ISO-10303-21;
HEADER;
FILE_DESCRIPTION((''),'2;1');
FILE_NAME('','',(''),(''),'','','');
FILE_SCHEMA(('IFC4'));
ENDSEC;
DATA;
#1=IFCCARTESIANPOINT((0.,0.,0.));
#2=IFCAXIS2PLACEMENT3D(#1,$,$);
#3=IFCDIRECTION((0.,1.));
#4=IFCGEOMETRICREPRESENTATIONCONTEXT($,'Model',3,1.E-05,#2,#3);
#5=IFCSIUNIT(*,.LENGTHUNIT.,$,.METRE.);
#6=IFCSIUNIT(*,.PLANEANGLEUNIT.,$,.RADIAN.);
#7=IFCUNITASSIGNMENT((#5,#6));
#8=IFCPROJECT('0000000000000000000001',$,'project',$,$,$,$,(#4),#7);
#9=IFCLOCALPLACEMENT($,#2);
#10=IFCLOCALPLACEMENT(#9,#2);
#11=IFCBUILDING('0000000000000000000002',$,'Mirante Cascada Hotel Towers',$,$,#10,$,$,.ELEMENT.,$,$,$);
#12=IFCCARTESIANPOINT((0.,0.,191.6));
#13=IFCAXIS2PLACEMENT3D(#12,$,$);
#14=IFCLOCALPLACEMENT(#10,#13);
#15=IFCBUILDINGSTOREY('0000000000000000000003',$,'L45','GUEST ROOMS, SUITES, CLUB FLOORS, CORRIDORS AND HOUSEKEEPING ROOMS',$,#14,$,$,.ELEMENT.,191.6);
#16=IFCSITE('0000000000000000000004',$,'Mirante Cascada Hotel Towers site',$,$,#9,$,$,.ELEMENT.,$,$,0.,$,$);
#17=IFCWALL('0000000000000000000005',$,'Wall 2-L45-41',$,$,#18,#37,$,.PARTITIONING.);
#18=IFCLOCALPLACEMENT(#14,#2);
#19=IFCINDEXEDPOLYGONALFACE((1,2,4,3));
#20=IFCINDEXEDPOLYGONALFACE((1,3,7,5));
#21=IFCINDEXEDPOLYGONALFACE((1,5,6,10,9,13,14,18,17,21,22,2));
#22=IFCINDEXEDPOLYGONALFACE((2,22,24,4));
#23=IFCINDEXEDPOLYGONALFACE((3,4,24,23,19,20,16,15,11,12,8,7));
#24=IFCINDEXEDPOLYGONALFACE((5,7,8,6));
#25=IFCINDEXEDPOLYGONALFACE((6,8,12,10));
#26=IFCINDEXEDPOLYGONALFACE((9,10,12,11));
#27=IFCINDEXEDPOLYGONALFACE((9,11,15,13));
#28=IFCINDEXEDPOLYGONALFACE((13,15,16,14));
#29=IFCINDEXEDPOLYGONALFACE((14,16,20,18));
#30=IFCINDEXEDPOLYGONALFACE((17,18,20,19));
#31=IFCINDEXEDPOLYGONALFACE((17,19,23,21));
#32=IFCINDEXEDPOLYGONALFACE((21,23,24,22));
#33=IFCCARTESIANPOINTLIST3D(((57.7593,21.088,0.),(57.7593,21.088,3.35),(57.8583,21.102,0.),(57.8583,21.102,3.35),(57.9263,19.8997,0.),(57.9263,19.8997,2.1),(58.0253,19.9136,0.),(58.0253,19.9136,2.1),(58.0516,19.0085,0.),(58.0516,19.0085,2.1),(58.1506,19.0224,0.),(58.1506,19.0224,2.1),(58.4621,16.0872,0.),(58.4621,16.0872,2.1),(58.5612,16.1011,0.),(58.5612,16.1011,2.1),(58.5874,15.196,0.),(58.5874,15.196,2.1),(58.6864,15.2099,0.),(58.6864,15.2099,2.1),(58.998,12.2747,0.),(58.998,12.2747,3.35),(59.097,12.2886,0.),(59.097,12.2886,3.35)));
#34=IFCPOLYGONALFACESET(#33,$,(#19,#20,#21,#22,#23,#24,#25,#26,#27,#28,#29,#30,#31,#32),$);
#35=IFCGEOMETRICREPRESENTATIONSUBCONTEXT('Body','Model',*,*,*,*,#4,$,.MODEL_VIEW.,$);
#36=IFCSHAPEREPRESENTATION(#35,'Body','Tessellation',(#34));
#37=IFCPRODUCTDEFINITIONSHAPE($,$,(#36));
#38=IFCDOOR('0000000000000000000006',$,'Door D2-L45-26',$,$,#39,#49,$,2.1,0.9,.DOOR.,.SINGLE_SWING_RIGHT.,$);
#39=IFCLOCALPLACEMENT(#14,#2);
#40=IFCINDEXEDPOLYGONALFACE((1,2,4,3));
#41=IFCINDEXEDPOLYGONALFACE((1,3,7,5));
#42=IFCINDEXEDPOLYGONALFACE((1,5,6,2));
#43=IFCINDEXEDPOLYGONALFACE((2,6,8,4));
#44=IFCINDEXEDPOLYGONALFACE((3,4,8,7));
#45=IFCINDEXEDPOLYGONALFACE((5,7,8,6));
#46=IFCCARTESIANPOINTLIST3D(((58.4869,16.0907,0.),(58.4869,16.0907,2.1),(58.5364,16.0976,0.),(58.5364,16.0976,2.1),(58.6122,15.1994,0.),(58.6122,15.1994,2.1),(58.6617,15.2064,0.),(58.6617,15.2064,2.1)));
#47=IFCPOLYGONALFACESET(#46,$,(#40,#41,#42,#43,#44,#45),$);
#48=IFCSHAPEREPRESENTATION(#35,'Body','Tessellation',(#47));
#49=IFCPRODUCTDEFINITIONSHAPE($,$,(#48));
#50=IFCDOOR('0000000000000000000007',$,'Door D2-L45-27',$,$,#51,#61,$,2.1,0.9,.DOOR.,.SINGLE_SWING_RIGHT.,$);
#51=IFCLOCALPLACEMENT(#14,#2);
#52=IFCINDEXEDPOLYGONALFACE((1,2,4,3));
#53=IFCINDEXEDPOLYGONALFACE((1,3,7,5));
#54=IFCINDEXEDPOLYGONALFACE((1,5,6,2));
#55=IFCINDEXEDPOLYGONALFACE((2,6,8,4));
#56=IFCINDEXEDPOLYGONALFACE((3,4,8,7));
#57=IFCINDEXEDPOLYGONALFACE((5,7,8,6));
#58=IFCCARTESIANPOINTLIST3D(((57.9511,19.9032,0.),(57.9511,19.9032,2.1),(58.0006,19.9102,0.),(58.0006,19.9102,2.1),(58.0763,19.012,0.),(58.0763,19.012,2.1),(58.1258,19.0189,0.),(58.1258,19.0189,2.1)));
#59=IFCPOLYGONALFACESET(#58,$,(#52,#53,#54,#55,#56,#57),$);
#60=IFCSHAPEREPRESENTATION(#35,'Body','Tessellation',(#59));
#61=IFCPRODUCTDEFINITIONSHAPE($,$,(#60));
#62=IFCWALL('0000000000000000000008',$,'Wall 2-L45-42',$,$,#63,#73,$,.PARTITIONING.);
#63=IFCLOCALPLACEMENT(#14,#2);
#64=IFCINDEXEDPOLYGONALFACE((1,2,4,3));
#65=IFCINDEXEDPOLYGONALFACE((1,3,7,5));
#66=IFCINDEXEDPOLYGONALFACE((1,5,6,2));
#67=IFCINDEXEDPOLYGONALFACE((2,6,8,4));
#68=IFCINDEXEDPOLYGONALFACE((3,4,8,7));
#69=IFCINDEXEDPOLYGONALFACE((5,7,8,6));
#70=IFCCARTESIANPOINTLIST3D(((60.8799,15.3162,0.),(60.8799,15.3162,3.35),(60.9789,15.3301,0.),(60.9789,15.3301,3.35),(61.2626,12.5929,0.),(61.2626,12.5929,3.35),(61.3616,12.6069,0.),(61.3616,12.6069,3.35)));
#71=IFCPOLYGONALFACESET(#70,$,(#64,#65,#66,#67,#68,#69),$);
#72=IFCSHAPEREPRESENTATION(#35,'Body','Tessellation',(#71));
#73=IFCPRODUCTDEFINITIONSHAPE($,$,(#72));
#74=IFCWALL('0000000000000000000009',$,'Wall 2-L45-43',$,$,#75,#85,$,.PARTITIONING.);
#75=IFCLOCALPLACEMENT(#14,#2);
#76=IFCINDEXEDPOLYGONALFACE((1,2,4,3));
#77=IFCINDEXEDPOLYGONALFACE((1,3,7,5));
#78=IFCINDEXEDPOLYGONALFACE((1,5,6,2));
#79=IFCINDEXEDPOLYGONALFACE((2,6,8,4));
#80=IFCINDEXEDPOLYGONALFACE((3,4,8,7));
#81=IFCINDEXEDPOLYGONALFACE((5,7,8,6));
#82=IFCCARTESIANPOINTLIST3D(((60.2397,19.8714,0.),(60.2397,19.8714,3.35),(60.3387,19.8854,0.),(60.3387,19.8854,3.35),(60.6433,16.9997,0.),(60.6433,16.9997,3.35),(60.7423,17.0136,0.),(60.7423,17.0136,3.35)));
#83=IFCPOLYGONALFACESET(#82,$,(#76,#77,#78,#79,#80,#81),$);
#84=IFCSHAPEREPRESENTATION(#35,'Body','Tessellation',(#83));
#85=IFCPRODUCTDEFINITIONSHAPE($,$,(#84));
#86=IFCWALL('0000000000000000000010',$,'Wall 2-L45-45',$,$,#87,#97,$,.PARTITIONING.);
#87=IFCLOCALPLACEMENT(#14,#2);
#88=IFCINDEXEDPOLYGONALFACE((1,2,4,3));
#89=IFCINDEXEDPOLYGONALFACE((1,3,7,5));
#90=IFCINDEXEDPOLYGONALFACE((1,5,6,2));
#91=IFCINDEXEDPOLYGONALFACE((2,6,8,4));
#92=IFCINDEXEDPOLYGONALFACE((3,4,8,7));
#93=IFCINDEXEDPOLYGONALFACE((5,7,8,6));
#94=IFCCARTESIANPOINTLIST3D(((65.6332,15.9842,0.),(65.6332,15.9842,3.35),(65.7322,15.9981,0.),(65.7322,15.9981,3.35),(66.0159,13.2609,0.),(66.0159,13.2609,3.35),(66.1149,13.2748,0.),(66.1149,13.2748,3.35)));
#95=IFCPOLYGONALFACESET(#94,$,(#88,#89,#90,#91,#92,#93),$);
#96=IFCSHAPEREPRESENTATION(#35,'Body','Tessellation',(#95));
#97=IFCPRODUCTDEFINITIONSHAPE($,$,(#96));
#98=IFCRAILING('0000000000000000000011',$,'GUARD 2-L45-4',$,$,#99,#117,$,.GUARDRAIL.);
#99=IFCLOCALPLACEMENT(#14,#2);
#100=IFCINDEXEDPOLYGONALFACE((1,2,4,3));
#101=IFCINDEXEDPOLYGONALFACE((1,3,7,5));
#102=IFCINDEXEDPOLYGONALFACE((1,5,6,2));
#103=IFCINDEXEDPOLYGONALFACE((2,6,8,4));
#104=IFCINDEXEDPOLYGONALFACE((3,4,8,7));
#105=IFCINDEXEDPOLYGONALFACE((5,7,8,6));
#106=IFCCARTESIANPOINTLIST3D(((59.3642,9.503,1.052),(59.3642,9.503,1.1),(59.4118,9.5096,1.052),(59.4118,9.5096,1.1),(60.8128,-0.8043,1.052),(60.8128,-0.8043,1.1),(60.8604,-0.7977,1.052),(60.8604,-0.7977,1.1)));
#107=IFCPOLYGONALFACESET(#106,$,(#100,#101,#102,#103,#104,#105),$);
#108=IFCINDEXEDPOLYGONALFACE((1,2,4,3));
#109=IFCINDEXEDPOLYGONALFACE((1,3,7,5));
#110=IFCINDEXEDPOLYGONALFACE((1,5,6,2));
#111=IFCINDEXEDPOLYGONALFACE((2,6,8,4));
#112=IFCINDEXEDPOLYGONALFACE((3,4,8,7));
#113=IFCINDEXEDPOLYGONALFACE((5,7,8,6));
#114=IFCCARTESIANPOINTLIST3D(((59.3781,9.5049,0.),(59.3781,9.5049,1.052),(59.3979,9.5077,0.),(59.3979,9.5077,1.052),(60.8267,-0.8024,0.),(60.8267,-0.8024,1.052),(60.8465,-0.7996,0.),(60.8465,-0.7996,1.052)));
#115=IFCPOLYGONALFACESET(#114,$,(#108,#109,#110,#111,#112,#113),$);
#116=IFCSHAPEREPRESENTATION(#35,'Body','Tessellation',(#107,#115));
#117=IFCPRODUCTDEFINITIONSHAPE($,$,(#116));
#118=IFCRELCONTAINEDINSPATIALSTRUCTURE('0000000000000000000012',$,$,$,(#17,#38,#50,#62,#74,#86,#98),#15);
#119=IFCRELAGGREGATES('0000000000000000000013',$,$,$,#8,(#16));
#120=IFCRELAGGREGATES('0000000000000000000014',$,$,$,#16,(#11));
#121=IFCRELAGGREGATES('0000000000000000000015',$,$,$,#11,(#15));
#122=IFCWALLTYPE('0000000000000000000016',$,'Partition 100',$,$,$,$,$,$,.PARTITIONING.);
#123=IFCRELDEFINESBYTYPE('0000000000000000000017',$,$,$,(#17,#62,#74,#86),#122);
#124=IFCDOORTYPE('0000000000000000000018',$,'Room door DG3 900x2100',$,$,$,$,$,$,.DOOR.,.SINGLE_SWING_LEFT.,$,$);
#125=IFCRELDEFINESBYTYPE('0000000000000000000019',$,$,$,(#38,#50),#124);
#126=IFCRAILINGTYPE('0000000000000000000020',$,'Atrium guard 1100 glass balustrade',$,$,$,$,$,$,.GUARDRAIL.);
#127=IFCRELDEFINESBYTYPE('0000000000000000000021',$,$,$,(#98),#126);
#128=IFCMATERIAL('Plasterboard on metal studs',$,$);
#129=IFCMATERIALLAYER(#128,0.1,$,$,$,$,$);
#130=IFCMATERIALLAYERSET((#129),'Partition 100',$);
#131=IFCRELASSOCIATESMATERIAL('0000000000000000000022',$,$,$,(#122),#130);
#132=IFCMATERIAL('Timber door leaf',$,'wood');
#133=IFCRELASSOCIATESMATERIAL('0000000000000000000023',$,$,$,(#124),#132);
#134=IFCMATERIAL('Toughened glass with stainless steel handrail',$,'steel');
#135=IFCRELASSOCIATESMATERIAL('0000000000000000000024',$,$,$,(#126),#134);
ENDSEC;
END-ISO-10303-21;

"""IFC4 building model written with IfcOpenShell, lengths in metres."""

from ifc_helpers import new_model, si_unit, direction, frame, frame_2d, origin, origin_2d, place, context, subcontext, project, spatial, rectangle, extrude, material, layer, layer_set, type_object, element, fill, save


model = new_model("IFC4")

# Units and contexts
model_context = context("Model", 3, precision=1e-05, world=origin(), true_north=direction((0.0, 1.0)))
body_context = subcontext(model_context, "Body", "Model", "MODEL_VIEW")
ifc_project = project(units=[si_unit("LENGTHUNIT", "METRE"), si_unit("PLANEANGLEUNIT", "RADIAN")], contexts=[model_context])

# Site, building, storey
site_placement = place(None, origin())
site = spatial("IfcSite", under=ifc_project, at=site_placement, Name="Mirante Cascada Hotel Towers site", CompositionType="ELEMENT", RefElevation=0.0)
building_placement = place(site_placement, origin())
building = spatial("IfcBuilding", under=site, at=building_placement, Name="Mirante Cascada Hotel Towers", CompositionType="ELEMENT")
storey_placement = place(building_placement, frame((0.0, 0.0, 191.6)))
storey = spatial("IfcBuildingStorey", under=building, at=storey_placement, Name="L45", Description="GUEST ROOMS, SUITES, CLUB FLOORS, CORRIDORS AND HOUSEKEEPING ROOMS", CompositionType="ELEMENT", Elevation=191.6)

# Shared definitions
ifc_material_1 = material(Name="Plasterboard on metal studs")
ifc_layer_1 = layer(ifc_material_1, 0.1)
ifc_layer_set_1 = layer_set([ifc_layer_1], Name="Partition 100")
wall_type_1 = type_object("IfcWallType", Name="Partition 100", PredefinedType="PARTITIONING", material=ifc_layer_set_1)

# Wall, openings, doors
wall_1_placement = place(storey_placement, frame((57.8088, 21.095, 0.0), z_axis=(0.0, 0.0, 1.0), x_axis=(0.139179, -0.990267, 0.0)))
wall_1 = element("IfcWall", 1, at=wall_1_placement, inside=storey, type_object=wall_type_1, Name="Wall 2-L45-41", PredefinedType="PARTITIONING", context=body_context, shape_type="SweptSolid", body=[
    extrude(rectangle(XDim=8.9, YDim=0.1, at=frame_2d((4.45, 0.0))), origin(), (0.0, 0.0, 1.0), 3.35),
])
opening_1_placement = place(wall_1_placement, frame((5.05, 0.0, 0.0)))
opening_1 = element("IfcOpeningElement", 2, at=opening_1_placement, cuts=wall_1, PredefinedType="OPENING", context=body_context, shape_type="SweptSolid", body=[
    extrude(rectangle(XDim=0.9, YDim=2.1, at=frame_2d((0.45, 1.05))), frame((0.0, 0.05, 0.0), z_axis=(0.0, -1.0, 0.0), x_axis=(1.0, 0.0, 0.0)), (0.0, 0.0, 1.0), 0.1),
])
opening_2_placement = place(wall_1_placement, frame((1.2, 0.0, 0.0)))
opening_2 = element("IfcOpeningElement", 3, at=opening_2_placement, cuts=wall_1, PredefinedType="OPENING", context=body_context, shape_type="SweptSolid", body=[
    extrude(rectangle(XDim=0.9, YDim=2.1, at=frame_2d((0.45, 1.05))), frame((0.0, 0.05, 0.0), z_axis=(0.0, -1.0, 0.0), x_axis=(1.0, 0.0, 0.0)), (0.0, 0.0, 1.0), 0.1),
])
ifc_material_2 = material(Name="Timber door leaf", Category="wood")
door_type_1 = type_object("IfcDoorType", Name="Room door DG3 900x2100", OperationType="SINGLE_SWING_LEFT", PredefinedType="DOOR", material=ifc_material_2)
door_1_placement = place(opening_1_placement, frame((0.9, 0.0, 0.0), z_axis=(0.0, 0.0, 1.0), x_axis=(-1.0, 0.0, 0.0)))
door_1 = element("IfcDoor", 4, at=door_1_placement, inside=storey, type_object=door_type_1, Name="Door D2-L45-26", OperationType="SINGLE_SWING_RIGHT", OverallHeight=2.1, OverallWidth=0.9, PredefinedType="DOOR", context=body_context, shape_type="SweptSolid", body=[
    extrude(rectangle(XDim=0.9, YDim=2.1, at=frame_2d((0.45, 1.05))), frame((0.0, 0.025, 0.0), z_axis=(0.0, -1.0, 0.0), x_axis=(1.0, 0.0, 0.0)), (0.0, 0.0, 1.0), 0.05),
])
fill(opening_1, door_1)
door_2_placement = place(opening_2_placement, frame((0.9, 0.0, 0.0), z_axis=(0.0, 0.0, 1.0), x_axis=(-1.0, 0.0, 0.0)))
door_2 = element("IfcDoor", 5, at=door_2_placement, inside=storey, type_object=door_type_1, Name="Door D2-L45-27", OperationType="SINGLE_SWING_RIGHT", OverallHeight=2.1, OverallWidth=0.9, PredefinedType="DOOR", context=body_context, shape_type="SweptSolid", body=[
    extrude(rectangle(XDim=0.9, YDim=2.1, at=frame_2d((0.45, 1.05))), frame((0.0, 0.025, 0.0), z_axis=(0.0, -1.0, 0.0), x_axis=(1.0, 0.0, 0.0)), (0.0, 0.0, 1.0), 0.05),
])
fill(opening_2, door_2)

# Walls
wall_2_placement = place(storey_placement, frame((61.3121, 12.5999, 0.0), z_axis=(0.0, 0.0, 1.0), x_axis=(-0.139166, 0.990269, 0.0)))
element("IfcWall", 6, at=wall_2_placement, inside=storey, type_object=wall_type_1, Name="Wall 2-L45-42", PredefinedType="PARTITIONING", context=body_context, shape_type="SweptSolid", body=[
    extrude(rectangle(XDim=2.75, YDim=0.1, at=frame_2d((1.375, 0.0))), origin(), (0.0, 0.0, 1.0), 3.35),
])
wall_3_placement = place(storey_placement, frame((60.2892, 19.8784, 0.0), z_axis=(0.0, 0.0, 1.0), x_axis=(0.139171, -0.990268, 0.0)))
element("IfcWall", 7, at=wall_3_placement, inside=storey, type_object=wall_type_1, Name="Wall 2-L45-43", PredefinedType="PARTITIONING", context=body_context, shape_type="SweptSolid", body=[
    extrude(rectangle(XDim=2.9, YDim=0.1, at=frame_2d((1.45, 0.0))), origin(), (0.0, 0.0, 1.0), 3.35),
])
wall_4_placement = place(storey_placement, frame((65.6827, 15.9912, 0.0), z_axis=(0.0, 0.0, 1.0), x_axis=(0.139161, -0.99027, 0.0)))
element("IfcWall", 8, at=wall_4_placement, inside=storey, type_object=wall_type_1, Name="Wall 2-L45-45", PredefinedType="PARTITIONING", context=body_context, shape_type="SweptSolid", body=[
    extrude(rectangle(XDim=2.7501, YDim=0.1, at=frame_2d((1.3751, 0.0))), origin(), (0.0, 0.0, 1.0), 3.35),
])

# Railing
ifc_material_3 = material(Name="Toughened glass with stainless steel handrail", Category="steel")
railing_type = type_object("IfcRailingType", Name="Atrium guard 1100 glass balustrade", PredefinedType="GUARDRAIL", material=ifc_material_3)
railing_placement = place(storey_placement, frame((59.388, 9.5063, 0.0)))
element("IfcRailing", 9, at=railing_placement, inside=storey, type_object=railing_type, Name="GUARD 2-L45-4", PredefinedType="GUARDRAIL", context=body_context, shape_type="SweptSolid", body=[
    extrude(rectangle(XDim=0.048, YDim=0.048, at=origin_2d()), frame((0.0, 0.0, 1.076), z_axis=(0.139173, -0.990268, 0.0), x_axis=(0.990268, 0.139173, 0.0)), (0.0, 0.0, 1.0), 10.4086),
    extrude(rectangle(XDim=0.02, YDim=1.052, at=origin_2d()), frame((0.0, 0.0, 0.526), z_axis=(0.139173, -0.990268, 0.0), x_axis=(0.990268, 0.139173, 0.0)), (0.0, 0.0, 1.0), 10.4086),
])

save(model, "model.ifc")
